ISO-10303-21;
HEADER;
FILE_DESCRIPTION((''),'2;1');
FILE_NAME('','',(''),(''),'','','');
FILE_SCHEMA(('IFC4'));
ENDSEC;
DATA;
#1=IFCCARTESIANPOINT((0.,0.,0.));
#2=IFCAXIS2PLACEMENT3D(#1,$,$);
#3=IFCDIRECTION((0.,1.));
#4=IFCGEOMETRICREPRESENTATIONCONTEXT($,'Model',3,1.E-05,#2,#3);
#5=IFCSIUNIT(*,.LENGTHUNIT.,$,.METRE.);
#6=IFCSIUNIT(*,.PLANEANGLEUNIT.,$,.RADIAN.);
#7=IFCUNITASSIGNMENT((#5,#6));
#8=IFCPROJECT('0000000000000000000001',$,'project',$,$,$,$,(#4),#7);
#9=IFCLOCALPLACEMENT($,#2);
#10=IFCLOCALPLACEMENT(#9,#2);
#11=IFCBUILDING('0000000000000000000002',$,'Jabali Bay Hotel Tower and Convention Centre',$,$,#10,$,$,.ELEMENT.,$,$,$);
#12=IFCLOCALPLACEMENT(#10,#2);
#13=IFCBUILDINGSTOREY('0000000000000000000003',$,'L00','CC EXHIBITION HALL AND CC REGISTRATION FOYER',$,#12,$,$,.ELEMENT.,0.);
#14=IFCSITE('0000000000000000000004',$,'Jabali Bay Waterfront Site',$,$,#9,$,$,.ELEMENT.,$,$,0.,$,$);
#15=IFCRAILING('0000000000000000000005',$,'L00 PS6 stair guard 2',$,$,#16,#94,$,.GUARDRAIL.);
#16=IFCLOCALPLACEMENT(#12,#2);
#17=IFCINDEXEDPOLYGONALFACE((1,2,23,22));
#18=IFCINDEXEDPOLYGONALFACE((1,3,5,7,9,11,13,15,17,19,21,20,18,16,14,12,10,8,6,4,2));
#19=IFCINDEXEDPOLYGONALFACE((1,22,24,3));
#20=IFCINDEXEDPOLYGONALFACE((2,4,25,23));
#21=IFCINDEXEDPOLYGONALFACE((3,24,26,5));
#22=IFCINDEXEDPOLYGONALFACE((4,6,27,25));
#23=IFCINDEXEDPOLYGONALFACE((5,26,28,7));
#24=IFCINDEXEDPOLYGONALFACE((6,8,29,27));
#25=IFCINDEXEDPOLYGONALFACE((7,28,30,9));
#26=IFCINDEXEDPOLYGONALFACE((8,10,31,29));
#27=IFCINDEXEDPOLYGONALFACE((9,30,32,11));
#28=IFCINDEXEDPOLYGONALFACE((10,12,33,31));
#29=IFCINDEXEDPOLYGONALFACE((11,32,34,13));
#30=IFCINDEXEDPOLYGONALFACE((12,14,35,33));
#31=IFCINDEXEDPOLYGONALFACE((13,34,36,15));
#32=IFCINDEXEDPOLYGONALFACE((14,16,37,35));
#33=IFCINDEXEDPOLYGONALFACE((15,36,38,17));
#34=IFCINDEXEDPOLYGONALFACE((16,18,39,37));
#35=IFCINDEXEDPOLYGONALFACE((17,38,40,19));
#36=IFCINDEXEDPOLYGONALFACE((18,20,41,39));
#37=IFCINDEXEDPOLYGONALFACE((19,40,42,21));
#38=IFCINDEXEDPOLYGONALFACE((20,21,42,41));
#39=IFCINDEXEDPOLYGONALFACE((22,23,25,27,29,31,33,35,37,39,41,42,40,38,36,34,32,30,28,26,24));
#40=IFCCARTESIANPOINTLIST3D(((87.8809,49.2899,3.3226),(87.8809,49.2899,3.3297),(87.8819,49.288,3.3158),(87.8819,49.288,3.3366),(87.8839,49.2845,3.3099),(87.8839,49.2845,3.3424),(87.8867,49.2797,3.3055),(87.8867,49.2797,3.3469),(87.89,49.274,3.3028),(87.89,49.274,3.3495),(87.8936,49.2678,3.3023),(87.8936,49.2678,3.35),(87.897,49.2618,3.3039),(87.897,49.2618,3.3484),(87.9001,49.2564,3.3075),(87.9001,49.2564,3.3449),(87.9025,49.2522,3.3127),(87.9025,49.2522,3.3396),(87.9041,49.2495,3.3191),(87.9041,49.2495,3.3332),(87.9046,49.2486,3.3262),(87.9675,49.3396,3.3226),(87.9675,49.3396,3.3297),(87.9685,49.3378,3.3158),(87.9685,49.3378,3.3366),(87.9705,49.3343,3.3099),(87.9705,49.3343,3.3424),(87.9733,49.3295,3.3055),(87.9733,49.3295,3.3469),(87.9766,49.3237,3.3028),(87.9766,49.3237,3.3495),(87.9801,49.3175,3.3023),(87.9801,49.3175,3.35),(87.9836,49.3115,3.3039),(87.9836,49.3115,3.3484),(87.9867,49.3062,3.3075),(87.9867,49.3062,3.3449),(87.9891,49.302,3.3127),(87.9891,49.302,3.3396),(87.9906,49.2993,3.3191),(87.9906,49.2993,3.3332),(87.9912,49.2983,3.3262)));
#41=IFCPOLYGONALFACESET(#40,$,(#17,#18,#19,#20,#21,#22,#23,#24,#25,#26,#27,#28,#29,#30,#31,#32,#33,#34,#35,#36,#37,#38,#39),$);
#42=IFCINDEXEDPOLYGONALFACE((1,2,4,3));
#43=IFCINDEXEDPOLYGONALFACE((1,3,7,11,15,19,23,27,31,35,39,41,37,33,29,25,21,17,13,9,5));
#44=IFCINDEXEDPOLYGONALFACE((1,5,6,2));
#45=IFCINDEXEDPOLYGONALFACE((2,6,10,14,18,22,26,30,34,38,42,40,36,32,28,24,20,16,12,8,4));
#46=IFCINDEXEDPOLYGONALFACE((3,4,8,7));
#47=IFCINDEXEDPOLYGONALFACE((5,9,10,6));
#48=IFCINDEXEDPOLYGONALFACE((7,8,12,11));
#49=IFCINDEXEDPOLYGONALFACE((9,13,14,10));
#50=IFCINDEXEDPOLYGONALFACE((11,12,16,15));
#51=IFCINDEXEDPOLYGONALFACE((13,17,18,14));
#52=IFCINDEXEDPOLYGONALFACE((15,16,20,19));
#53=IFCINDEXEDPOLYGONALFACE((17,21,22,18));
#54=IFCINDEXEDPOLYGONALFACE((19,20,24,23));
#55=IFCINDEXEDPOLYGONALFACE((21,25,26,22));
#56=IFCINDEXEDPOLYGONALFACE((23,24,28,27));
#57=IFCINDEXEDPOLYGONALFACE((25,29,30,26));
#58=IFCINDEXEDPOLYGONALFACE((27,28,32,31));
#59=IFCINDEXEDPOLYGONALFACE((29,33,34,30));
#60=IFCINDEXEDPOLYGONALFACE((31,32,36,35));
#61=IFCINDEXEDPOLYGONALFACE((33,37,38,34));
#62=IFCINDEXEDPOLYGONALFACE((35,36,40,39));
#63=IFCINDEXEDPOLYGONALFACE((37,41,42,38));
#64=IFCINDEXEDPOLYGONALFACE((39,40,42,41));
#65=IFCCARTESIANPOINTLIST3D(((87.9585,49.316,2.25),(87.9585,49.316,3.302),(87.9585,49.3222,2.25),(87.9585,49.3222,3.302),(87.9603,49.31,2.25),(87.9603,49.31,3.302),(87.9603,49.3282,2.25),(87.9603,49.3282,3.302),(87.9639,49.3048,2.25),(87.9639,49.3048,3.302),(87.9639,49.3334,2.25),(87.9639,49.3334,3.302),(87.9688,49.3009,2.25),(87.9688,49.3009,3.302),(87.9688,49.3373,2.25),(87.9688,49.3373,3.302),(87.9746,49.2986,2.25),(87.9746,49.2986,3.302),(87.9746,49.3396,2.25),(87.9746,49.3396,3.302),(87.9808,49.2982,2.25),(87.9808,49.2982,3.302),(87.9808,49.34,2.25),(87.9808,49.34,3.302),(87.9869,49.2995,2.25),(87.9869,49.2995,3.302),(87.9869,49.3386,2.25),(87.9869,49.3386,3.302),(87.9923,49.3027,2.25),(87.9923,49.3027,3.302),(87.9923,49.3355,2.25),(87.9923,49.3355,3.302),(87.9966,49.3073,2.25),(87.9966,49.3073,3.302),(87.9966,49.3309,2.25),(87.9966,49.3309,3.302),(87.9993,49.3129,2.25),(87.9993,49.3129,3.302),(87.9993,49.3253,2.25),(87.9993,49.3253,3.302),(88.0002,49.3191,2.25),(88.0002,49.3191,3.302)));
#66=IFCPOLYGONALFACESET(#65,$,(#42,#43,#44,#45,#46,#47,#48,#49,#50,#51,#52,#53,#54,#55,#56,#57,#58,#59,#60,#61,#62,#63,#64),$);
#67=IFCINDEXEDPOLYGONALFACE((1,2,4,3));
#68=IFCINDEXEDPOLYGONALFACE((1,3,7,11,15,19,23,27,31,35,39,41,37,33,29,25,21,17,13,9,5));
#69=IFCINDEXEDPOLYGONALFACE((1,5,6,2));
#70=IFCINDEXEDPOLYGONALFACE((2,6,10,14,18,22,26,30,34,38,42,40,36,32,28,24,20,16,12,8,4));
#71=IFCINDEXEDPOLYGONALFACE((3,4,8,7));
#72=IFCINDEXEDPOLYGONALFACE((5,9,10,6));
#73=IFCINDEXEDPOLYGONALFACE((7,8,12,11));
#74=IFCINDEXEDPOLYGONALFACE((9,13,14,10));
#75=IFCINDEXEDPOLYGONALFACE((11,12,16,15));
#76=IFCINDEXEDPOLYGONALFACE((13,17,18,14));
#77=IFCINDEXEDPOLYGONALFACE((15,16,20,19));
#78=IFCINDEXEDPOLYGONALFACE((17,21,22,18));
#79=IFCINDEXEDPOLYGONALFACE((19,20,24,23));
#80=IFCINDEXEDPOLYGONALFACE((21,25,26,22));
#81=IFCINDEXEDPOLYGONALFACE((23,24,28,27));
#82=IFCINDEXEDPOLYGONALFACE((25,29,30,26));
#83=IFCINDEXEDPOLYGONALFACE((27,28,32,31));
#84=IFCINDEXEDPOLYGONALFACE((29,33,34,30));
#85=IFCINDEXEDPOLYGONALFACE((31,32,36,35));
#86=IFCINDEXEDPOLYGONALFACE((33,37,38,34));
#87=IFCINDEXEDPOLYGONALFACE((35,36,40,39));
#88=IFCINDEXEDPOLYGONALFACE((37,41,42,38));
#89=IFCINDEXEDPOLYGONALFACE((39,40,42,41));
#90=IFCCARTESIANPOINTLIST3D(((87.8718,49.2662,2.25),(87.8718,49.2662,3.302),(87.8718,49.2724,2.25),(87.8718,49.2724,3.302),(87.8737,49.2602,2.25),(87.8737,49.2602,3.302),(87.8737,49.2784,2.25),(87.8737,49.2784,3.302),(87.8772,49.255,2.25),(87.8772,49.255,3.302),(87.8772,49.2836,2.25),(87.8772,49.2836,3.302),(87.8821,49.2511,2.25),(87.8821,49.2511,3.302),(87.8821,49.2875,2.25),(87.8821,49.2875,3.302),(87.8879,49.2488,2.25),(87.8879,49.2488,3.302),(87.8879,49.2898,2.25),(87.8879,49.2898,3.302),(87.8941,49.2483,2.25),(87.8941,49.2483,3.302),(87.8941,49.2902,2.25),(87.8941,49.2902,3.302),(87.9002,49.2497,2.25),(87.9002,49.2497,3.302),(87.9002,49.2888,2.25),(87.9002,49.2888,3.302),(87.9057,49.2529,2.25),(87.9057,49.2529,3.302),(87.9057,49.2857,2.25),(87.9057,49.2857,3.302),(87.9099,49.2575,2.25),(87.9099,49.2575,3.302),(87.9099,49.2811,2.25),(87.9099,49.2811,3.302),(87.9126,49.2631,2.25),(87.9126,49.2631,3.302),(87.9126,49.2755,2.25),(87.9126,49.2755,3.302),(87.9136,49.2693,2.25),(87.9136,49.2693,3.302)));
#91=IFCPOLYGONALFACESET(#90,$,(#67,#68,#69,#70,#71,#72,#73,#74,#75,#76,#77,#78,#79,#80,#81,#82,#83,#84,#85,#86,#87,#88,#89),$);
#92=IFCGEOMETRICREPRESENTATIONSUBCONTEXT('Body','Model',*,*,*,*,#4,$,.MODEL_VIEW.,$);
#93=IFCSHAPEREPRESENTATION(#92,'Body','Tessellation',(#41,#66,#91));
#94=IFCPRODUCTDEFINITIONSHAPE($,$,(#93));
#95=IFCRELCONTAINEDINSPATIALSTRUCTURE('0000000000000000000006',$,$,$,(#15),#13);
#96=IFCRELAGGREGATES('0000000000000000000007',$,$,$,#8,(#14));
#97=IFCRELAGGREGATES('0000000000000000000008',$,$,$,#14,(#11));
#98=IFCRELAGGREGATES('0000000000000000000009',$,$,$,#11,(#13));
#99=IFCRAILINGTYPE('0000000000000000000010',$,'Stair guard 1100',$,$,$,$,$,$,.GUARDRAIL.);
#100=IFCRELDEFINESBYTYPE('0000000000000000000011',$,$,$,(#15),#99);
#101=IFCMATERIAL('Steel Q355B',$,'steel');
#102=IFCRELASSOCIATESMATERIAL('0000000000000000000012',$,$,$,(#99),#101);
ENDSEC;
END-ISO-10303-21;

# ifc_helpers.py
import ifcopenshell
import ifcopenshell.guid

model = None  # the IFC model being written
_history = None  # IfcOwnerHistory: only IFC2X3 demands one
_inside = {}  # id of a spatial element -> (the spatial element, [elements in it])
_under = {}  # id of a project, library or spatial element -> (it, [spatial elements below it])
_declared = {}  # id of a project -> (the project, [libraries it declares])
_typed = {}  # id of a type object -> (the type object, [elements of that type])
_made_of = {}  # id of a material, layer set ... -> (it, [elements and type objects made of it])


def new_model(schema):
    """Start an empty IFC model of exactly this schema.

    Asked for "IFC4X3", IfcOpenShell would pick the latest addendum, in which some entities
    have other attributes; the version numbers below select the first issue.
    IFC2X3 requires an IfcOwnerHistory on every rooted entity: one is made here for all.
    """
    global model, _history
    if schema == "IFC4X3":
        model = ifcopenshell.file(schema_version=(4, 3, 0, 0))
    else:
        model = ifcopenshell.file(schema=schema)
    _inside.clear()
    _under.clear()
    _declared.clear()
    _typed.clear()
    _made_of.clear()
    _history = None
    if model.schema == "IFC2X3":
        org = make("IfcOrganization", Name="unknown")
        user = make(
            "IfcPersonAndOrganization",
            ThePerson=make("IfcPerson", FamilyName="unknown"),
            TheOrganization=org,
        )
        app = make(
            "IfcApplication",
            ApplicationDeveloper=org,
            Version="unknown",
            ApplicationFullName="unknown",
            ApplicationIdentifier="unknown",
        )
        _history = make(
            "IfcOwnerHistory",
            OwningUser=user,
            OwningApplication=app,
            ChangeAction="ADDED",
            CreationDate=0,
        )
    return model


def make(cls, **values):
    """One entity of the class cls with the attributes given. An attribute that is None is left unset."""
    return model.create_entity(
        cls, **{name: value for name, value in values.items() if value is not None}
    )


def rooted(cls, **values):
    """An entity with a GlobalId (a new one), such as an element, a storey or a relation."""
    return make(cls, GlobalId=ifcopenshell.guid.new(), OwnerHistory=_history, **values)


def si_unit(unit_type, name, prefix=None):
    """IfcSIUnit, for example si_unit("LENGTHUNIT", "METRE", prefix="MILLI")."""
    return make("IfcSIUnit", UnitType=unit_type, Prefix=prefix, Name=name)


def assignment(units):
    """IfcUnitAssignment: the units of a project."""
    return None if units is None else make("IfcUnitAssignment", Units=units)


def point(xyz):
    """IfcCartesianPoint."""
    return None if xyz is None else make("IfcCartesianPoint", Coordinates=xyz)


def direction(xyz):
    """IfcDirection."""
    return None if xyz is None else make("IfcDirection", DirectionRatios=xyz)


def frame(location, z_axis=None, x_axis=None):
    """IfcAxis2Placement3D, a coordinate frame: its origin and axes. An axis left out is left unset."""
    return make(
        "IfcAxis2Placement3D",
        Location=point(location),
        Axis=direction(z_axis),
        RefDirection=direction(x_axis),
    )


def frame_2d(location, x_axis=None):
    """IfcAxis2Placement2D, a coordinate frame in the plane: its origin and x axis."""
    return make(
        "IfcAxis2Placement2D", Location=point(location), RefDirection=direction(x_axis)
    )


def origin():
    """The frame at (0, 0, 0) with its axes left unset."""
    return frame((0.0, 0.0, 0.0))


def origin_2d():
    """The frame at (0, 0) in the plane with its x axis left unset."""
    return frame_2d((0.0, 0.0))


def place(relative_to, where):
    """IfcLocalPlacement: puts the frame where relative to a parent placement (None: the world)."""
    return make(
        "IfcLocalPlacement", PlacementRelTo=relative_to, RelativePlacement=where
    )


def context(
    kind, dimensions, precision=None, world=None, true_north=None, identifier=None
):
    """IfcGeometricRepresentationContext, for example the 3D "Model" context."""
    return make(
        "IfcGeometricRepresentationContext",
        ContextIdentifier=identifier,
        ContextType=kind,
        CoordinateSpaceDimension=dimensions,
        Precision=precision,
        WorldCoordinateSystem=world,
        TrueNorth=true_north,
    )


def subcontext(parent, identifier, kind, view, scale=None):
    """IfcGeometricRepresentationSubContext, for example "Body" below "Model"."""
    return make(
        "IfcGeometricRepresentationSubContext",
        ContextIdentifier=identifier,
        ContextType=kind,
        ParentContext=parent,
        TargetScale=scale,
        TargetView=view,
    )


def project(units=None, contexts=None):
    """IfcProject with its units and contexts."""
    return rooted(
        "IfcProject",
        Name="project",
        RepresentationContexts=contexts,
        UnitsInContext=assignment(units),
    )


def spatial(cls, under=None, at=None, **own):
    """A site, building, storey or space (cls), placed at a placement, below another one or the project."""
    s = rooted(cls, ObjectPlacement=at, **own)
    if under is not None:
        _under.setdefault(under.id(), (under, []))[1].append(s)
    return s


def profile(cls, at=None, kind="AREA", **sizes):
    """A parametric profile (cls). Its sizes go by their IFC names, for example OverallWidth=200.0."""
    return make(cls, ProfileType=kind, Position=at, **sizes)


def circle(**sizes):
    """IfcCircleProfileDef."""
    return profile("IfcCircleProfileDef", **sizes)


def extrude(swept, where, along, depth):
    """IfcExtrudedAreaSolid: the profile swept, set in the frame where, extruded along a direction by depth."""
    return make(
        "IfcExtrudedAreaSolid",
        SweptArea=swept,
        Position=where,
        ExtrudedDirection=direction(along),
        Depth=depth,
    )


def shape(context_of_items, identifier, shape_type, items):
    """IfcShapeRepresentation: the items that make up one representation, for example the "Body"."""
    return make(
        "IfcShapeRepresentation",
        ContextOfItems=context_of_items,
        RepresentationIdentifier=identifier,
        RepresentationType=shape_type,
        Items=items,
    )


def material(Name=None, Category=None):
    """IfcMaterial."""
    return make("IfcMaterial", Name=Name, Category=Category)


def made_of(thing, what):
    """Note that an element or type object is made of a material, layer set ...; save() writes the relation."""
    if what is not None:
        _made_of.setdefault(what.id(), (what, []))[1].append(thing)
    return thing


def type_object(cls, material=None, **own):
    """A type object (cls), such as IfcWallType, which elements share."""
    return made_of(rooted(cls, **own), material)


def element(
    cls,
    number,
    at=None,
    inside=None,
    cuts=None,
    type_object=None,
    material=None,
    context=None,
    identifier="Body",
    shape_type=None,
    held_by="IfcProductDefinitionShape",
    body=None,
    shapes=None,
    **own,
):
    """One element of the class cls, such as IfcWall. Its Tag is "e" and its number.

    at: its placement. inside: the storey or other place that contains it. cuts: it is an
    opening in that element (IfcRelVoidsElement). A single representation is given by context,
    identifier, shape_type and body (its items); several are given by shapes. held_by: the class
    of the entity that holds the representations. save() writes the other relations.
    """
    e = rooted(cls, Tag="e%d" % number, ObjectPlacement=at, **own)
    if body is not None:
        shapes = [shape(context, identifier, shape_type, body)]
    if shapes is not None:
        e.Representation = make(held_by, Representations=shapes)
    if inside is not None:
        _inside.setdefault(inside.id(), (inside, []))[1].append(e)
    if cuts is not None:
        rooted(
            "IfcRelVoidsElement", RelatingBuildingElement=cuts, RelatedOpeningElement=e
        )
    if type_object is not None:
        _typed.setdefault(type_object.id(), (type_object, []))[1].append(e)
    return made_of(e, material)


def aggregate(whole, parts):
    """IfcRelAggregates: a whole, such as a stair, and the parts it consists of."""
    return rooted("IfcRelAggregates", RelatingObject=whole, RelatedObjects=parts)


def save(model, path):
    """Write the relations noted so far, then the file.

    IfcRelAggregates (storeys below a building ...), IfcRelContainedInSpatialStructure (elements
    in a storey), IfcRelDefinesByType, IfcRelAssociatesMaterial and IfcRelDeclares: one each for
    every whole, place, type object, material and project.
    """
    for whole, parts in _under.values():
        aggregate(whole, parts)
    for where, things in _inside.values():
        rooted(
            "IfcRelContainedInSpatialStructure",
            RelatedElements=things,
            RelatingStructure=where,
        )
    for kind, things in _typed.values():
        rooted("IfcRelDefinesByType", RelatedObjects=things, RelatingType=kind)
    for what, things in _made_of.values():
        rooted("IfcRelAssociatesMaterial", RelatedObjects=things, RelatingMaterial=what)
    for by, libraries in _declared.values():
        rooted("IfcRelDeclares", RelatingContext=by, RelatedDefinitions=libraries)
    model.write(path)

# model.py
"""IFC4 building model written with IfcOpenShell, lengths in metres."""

from ifc_helpers import new_model, si_unit, direction, frame, origin, origin_2d, place, context, subcontext, project, spatial, circle, extrude, material, type_object, element, save


model = new_model("IFC4")

# Units and contexts
model_context = context("Model", 3, precision=1e-05, world=origin(), true_north=direction((0.0, 1.0)))
body_context = subcontext(model_context, "Body", "Model", "MODEL_VIEW")
ifc_project = project(units=[si_unit("LENGTHUNIT", "METRE"), si_unit("PLANEANGLEUNIT", "RADIAN")], contexts=[model_context])

# Site, building, storey
site_placement = place(None, origin())
site = spatial("IfcSite", under=ifc_project, at=site_placement, Name="Jabali Bay Waterfront Site", CompositionType="ELEMENT", RefElevation=0.0)
building_placement = place(site_placement, origin())
building = spatial("IfcBuilding", under=site, at=building_placement, Name="Jabali Bay Hotel Tower and Convention Centre", CompositionType="ELEMENT")
storey_placement = place(building_placement, origin())
storey = spatial("IfcBuildingStorey", under=building, at=storey_placement, Name="L00", Description="CC EXHIBITION HALL AND CC REGISTRATION FOYER", CompositionType="ELEMENT", Elevation=0.0)

# Railing
ifc_material_1 = material(Name="Steel Q355B", Category="steel")
railing_type_1 = type_object("IfcRailingType", Name="Stair guard 1100", PredefinedType="GUARDRAIL", material=ifc_material_1)
railing_1_placement = place(storey_placement, frame((87.9792, 49.3191, 2.25)))
element("IfcRailing", 1, at=railing_1_placement, inside=storey, type_object=railing_type_1, Name="L00 PS6 stair guard 2", PredefinedType="GUARDRAIL", context=body_context, shape_type="SweptSolid", body=[
    extrude(circle(Radius=0.0239, at=origin_2d()), frame((0.0, 0.0, 1.0762), z_axis=(-0.867038, -0.498242, 0.0), x_axis=(0.498242, -0.867038, 0.0)), (0.0, 0.0, 1.0), 0.0999),
    extrude(circle(Radius=0.021, at=origin_2d()), origin(), (0.0, 0.0, 1.0), 1.052),
    extrude(circle(Radius=0.021, at=origin_2d()), frame((-0.0867, -0.0498, 0.0)), (0.0, 0.0, 1.0), 1.052),
])

save(model, "model.ifc")
